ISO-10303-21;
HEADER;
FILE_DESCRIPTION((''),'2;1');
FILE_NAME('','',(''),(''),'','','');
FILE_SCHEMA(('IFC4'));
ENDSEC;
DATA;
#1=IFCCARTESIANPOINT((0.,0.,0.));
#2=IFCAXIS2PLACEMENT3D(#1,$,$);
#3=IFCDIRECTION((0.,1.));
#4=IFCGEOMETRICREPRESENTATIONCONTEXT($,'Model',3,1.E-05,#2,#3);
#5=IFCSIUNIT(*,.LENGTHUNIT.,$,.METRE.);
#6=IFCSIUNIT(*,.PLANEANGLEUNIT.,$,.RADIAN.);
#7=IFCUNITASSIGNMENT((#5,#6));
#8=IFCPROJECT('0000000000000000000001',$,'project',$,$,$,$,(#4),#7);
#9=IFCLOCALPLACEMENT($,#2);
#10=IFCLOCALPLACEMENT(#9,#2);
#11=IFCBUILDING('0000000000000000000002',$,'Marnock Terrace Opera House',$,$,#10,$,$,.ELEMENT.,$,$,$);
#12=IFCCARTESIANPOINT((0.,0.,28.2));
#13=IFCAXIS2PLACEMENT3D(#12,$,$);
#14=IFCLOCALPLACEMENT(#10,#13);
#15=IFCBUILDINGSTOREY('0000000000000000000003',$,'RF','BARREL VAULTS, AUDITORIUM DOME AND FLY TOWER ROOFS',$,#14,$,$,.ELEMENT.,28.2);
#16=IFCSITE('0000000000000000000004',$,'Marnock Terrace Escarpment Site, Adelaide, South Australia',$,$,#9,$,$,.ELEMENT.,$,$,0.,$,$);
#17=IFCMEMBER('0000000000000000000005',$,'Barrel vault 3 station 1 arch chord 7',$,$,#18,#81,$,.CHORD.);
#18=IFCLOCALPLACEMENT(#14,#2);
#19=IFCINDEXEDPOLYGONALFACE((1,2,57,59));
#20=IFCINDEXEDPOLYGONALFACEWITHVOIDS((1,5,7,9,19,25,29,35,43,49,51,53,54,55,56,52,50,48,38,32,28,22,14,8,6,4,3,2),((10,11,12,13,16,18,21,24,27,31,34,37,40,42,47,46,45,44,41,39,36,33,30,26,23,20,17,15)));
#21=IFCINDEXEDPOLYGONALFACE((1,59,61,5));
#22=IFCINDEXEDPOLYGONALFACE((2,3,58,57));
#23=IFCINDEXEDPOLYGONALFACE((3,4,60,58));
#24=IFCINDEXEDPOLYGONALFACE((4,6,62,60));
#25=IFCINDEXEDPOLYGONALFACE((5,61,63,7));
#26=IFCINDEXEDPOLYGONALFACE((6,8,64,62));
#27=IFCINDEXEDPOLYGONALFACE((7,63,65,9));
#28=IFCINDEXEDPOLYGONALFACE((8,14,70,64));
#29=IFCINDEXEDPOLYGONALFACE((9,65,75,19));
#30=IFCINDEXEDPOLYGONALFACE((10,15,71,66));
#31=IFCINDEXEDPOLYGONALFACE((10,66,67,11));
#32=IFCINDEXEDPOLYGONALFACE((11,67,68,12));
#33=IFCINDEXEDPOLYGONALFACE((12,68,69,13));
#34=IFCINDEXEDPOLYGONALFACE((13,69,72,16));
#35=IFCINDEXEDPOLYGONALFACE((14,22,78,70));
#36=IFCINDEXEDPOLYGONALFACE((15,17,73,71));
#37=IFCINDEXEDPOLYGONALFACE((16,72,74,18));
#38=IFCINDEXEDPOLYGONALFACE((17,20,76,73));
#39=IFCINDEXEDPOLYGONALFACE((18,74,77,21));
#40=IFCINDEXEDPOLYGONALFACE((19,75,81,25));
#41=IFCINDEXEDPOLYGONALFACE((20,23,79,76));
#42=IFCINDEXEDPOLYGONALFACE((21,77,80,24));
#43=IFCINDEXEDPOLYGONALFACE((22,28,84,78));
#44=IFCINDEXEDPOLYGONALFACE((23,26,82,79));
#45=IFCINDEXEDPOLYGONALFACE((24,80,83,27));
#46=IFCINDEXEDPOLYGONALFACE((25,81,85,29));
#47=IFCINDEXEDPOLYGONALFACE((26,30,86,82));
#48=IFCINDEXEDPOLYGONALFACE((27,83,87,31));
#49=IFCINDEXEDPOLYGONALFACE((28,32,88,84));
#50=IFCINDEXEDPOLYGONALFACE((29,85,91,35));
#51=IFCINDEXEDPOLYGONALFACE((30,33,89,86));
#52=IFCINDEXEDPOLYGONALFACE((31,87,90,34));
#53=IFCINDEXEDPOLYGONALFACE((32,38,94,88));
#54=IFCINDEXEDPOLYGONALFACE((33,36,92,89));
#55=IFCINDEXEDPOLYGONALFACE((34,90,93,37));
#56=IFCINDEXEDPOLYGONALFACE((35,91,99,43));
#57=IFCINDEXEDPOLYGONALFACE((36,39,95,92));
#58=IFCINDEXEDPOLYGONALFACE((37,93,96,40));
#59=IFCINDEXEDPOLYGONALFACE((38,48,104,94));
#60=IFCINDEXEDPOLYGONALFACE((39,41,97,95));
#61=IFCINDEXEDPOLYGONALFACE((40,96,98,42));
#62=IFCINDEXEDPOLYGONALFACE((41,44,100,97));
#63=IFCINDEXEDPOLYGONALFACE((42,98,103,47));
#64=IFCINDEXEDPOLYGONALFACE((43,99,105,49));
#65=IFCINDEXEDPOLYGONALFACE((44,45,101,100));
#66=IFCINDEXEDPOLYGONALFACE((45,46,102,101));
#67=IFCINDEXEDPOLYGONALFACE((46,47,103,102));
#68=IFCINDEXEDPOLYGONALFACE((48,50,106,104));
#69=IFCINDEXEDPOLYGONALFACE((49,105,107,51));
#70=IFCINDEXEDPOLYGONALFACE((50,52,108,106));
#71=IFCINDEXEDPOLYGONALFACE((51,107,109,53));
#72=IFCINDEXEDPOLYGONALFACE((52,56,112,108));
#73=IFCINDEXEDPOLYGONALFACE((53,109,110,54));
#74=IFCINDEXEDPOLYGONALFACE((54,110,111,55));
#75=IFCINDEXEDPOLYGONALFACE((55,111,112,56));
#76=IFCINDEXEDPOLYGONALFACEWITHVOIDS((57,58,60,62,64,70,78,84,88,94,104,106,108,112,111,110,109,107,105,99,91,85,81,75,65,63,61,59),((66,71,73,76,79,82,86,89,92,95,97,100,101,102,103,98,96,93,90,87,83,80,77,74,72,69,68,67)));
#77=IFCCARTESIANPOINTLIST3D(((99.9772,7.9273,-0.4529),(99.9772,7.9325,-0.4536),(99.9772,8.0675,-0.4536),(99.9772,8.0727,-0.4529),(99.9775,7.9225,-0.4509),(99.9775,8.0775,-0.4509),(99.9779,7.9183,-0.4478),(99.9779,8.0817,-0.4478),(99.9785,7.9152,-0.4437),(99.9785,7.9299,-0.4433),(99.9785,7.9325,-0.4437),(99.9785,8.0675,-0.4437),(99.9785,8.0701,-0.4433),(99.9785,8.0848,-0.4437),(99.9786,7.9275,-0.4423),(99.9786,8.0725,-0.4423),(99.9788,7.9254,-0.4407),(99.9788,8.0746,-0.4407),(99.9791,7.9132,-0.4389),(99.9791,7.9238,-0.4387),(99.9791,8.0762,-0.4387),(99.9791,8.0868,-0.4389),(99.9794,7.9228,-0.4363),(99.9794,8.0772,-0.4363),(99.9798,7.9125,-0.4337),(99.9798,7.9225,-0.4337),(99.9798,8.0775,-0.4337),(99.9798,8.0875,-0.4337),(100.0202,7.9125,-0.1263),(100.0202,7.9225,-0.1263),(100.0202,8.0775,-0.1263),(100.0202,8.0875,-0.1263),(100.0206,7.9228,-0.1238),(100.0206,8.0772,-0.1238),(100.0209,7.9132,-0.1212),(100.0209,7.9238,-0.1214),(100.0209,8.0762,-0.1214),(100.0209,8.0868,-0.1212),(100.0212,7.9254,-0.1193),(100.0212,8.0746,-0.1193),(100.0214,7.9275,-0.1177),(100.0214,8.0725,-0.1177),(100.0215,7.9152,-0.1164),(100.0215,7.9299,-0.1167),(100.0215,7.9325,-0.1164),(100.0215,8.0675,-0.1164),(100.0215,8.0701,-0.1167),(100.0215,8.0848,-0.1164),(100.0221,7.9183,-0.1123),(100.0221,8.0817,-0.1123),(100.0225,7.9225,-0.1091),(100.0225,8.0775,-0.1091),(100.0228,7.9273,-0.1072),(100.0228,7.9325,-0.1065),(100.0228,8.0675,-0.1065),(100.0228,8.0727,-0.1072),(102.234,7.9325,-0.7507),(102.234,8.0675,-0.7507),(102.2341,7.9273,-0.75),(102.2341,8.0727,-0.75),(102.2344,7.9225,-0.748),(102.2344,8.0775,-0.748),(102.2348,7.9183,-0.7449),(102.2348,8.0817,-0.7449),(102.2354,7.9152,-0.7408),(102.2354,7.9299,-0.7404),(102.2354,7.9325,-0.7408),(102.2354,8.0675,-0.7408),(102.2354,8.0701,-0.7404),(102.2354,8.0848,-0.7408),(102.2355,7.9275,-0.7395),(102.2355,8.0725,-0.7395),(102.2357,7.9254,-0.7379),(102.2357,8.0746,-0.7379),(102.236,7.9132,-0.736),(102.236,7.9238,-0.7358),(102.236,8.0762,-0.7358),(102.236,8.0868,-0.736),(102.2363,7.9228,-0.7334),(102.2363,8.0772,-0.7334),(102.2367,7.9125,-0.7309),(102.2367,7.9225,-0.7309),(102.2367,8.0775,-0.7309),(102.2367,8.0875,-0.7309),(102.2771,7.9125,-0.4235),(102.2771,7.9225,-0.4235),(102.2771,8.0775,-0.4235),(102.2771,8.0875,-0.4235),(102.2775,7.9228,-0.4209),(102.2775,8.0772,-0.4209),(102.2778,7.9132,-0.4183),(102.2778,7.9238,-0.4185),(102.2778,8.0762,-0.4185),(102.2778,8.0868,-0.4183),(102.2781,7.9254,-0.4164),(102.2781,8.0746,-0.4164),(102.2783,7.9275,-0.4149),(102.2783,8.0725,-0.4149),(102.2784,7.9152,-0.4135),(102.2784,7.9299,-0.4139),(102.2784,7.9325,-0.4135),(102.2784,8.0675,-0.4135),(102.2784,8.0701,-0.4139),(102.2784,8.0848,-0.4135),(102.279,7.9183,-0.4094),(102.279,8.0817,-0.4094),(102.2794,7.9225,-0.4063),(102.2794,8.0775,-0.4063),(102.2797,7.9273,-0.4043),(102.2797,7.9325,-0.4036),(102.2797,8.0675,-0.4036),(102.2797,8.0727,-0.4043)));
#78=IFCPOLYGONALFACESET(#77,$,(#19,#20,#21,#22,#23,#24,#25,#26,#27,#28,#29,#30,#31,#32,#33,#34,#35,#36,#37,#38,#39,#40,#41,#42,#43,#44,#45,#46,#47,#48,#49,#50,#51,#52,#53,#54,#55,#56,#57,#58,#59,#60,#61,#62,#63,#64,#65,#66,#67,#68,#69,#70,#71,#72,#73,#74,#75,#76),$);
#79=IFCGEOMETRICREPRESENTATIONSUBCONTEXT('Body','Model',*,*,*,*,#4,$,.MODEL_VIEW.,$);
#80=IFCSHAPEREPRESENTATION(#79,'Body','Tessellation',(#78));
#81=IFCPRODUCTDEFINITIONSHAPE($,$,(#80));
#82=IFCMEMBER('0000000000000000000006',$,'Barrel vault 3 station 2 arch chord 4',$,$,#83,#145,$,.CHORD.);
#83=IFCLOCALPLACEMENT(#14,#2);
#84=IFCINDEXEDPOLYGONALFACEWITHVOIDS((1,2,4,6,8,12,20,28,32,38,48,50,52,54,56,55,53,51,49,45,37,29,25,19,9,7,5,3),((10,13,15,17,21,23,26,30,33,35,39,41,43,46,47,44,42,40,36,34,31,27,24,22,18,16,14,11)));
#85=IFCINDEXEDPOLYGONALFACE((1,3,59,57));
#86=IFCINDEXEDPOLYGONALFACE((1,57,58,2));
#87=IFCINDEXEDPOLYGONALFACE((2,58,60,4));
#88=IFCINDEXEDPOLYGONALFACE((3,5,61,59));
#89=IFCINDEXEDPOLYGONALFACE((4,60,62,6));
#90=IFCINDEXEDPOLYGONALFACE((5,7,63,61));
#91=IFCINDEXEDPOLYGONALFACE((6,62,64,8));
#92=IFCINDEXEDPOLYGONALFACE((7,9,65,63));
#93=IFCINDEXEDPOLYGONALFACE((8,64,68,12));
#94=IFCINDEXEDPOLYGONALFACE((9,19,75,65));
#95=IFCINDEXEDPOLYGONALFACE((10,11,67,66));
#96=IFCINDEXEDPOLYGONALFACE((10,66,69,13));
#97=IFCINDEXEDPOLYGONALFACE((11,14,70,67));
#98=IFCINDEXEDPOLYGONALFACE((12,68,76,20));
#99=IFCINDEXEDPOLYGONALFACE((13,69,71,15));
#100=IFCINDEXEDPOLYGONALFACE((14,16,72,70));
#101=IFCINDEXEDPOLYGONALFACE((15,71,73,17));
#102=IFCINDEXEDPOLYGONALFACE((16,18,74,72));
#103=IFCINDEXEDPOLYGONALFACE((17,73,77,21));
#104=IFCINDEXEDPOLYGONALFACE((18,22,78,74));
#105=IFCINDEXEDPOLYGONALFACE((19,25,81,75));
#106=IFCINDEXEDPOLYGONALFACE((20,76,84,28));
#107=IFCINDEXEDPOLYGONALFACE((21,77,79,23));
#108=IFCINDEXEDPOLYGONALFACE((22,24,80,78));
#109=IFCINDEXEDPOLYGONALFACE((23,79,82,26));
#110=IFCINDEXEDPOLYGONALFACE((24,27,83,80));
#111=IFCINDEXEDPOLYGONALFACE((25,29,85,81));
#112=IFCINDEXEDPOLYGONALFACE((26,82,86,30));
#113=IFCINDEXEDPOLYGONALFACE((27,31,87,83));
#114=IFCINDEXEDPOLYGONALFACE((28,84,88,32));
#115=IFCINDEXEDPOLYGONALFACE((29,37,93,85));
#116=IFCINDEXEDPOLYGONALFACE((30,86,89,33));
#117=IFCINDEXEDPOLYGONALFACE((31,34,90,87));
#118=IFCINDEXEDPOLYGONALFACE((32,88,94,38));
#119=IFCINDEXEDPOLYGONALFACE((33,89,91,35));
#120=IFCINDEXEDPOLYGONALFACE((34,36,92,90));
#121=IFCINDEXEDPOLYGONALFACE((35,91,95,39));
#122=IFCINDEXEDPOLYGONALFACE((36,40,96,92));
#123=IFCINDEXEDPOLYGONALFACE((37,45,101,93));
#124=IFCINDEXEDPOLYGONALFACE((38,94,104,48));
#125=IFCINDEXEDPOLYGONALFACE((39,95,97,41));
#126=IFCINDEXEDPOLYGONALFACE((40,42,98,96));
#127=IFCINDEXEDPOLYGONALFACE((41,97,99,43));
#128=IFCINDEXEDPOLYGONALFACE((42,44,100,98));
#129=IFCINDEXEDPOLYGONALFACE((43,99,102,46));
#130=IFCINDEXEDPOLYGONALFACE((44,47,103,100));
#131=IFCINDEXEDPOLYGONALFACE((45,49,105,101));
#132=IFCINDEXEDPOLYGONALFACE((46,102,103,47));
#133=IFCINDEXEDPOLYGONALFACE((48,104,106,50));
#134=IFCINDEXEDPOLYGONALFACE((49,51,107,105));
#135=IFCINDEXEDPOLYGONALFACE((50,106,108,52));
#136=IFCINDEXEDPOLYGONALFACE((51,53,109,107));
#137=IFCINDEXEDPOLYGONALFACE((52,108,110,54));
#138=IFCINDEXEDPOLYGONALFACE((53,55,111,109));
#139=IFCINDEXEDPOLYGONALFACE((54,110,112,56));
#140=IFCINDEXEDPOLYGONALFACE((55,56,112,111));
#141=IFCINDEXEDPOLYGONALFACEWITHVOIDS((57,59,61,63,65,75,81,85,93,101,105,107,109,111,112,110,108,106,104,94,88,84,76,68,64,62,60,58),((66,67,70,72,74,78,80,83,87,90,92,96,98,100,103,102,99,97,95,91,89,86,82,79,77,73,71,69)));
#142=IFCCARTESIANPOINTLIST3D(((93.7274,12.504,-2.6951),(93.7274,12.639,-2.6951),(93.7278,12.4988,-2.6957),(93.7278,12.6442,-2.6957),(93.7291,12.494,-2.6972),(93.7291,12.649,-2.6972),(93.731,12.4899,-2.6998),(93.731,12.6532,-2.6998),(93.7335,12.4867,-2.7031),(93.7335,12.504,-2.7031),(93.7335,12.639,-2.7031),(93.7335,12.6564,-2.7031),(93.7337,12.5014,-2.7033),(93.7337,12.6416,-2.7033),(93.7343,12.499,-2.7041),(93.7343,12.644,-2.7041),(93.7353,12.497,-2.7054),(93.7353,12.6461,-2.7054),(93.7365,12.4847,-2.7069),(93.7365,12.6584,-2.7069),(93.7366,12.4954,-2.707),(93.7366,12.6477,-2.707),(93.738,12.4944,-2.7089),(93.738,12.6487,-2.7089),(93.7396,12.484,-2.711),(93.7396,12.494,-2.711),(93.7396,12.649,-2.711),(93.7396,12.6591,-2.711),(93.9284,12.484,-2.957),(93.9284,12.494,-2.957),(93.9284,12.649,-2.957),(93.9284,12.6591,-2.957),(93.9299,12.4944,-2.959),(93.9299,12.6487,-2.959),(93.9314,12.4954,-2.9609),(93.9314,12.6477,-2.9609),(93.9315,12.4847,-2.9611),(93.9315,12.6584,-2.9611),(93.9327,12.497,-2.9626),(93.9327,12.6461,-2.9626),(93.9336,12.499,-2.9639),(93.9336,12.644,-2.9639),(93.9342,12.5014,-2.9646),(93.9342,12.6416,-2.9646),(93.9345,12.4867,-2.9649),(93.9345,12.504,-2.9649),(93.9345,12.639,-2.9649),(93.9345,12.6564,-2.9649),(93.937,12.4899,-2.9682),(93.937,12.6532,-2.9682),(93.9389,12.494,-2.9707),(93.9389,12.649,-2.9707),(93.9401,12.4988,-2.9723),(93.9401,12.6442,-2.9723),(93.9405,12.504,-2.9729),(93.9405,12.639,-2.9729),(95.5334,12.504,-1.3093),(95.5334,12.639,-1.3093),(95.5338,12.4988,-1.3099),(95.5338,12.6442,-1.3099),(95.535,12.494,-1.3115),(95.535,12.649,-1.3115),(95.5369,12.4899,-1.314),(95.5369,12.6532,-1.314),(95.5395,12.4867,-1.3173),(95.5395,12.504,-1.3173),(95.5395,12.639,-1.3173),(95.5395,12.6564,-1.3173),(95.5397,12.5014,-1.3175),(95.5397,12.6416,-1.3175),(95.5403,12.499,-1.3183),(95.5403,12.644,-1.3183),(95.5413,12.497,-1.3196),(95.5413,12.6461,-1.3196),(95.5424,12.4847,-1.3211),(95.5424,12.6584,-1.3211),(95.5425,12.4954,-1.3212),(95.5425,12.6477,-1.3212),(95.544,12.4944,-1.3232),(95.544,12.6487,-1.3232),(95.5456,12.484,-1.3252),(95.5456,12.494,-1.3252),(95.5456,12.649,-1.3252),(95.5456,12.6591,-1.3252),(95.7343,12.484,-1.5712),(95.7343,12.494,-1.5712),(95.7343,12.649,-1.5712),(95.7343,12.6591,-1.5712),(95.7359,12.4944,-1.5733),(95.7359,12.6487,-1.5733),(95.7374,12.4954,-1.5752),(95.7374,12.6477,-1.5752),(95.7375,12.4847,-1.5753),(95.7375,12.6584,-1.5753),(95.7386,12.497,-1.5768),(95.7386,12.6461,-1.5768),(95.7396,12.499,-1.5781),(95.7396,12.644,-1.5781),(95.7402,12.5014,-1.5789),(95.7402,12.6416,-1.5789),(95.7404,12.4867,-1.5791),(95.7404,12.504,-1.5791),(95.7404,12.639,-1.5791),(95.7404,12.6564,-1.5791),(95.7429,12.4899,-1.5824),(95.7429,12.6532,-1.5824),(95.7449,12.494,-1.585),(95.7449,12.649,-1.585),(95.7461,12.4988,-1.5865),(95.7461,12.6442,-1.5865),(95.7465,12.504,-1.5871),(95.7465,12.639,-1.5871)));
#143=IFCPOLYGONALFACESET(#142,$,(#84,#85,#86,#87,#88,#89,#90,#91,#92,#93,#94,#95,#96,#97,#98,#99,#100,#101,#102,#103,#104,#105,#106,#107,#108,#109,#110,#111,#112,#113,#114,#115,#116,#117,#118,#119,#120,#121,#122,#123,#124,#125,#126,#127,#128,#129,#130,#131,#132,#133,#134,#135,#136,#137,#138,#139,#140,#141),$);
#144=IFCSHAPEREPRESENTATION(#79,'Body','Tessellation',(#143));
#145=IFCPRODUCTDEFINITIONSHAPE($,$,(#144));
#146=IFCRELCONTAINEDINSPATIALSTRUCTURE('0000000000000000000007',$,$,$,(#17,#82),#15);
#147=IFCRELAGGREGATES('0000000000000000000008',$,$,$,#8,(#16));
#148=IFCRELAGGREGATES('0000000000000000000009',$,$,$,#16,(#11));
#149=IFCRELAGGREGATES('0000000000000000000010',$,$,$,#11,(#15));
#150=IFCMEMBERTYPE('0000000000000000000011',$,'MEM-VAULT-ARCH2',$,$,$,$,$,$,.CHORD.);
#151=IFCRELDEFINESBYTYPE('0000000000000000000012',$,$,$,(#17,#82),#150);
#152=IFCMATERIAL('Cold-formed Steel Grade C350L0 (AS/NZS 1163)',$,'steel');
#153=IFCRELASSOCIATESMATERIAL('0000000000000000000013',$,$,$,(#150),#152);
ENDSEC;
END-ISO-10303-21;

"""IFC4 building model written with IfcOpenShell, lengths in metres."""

from ifc_helpers import new_model, si_unit, direction, frame, origin, origin_2d, place, context, subcontext, project, spatial, hollow_rectangle, extrude, material, material_profile, profile_set, type_object, element, save


model = new_model("IFC4")

# Units and contexts
model_context = context("Model", 3, precision=1e-05, world=origin(), true_north=direction((0.0, 1.0)))
body_context = subcontext(model_context, "Body", "Model", "MODEL_VIEW")
ifc_project = project(units=[si_unit("LENGTHUNIT", "METRE"), si_unit("PLANEANGLEUNIT", "RADIAN")], contexts=[model_context])

# Site, building, storey
site_placement = place(None, origin())
site = spatial("IfcSite", under=ifc_project, at=site_placement, Name="Marnock Terrace Escarpment Site, Adelaide, South Australia", CompositionType="ELEMENT", RefElevation=0.0)
building_placement = place(site_placement, origin())
building = spatial("IfcBuilding", under=site, at=building_placement, Name="Marnock Terrace Opera House", CompositionType="ELEMENT")
storey_placement = place(building_placement, frame((0.0, 0.0, 28.2)))
storey = spatial("IfcBuildingStorey", under=building, at=storey_placement, Name="RF", Description="BARREL VAULTS, AUDITORIUM DOME AND FLY TOWER ROOFS", CompositionType="ELEMENT", Elevation=28.2)

# Members
ifc_material_1 = material(Name="Cold-formed Steel Grade C350L0 (AS/NZS 1163)", Category="steel")
ifc_material_profile_1 = material_profile(ifc_material_1, hollow_rectangle(XDim=0.175, YDim=0.3501, WallThickness=0.01, InnerFilletRadius=0.01, OuterFilletRadius=0.02, at=origin_2d()))
ifc_profile_set_1 = profile_set([ifc_material_profile_1], Name="Cold-formed Steel Grade C350L0 (AS/NZS 1163)")
member_type_1 = type_object("IfcMemberType", Name="MEM-VAULT-ARCH2", PredefinedType="CHORD", material=ifc_profile_set_1)
for number, where, z_axis, x_axis, name in (
    (1, (100.0, 8.0, -0.28), (0.991445, 0.0, -0.130527), (0.0, 1.0, 0.0), "Barrel vault 3 station 1 arch chord 7"),
    (2, (93.834, 12.5715, -2.834), (0.793349, 0.0, 0.608767), (0.0, 1.0, 0.0), "Barrel vault 3 station 2 arch chord 4"),
):
    element("IfcMember", number, at=place(storey_placement, frame(where, z_axis=z_axis, x_axis=x_axis)), inside=storey, type_object=member_type_1, Name=name, PredefinedType="CHORD", context=body_context, shape_type="SweptSolid", body=[
        extrude(hollow_rectangle(XDim=0.175, YDim=0.3501, WallThickness=0.01, InnerFilletRadius=0.01, OuterFilletRadius=0.02, at=origin_2d()), origin(), (0.0, 0.0, 1.0), 2.2764),
    ])

save(model, "model.ifc")
